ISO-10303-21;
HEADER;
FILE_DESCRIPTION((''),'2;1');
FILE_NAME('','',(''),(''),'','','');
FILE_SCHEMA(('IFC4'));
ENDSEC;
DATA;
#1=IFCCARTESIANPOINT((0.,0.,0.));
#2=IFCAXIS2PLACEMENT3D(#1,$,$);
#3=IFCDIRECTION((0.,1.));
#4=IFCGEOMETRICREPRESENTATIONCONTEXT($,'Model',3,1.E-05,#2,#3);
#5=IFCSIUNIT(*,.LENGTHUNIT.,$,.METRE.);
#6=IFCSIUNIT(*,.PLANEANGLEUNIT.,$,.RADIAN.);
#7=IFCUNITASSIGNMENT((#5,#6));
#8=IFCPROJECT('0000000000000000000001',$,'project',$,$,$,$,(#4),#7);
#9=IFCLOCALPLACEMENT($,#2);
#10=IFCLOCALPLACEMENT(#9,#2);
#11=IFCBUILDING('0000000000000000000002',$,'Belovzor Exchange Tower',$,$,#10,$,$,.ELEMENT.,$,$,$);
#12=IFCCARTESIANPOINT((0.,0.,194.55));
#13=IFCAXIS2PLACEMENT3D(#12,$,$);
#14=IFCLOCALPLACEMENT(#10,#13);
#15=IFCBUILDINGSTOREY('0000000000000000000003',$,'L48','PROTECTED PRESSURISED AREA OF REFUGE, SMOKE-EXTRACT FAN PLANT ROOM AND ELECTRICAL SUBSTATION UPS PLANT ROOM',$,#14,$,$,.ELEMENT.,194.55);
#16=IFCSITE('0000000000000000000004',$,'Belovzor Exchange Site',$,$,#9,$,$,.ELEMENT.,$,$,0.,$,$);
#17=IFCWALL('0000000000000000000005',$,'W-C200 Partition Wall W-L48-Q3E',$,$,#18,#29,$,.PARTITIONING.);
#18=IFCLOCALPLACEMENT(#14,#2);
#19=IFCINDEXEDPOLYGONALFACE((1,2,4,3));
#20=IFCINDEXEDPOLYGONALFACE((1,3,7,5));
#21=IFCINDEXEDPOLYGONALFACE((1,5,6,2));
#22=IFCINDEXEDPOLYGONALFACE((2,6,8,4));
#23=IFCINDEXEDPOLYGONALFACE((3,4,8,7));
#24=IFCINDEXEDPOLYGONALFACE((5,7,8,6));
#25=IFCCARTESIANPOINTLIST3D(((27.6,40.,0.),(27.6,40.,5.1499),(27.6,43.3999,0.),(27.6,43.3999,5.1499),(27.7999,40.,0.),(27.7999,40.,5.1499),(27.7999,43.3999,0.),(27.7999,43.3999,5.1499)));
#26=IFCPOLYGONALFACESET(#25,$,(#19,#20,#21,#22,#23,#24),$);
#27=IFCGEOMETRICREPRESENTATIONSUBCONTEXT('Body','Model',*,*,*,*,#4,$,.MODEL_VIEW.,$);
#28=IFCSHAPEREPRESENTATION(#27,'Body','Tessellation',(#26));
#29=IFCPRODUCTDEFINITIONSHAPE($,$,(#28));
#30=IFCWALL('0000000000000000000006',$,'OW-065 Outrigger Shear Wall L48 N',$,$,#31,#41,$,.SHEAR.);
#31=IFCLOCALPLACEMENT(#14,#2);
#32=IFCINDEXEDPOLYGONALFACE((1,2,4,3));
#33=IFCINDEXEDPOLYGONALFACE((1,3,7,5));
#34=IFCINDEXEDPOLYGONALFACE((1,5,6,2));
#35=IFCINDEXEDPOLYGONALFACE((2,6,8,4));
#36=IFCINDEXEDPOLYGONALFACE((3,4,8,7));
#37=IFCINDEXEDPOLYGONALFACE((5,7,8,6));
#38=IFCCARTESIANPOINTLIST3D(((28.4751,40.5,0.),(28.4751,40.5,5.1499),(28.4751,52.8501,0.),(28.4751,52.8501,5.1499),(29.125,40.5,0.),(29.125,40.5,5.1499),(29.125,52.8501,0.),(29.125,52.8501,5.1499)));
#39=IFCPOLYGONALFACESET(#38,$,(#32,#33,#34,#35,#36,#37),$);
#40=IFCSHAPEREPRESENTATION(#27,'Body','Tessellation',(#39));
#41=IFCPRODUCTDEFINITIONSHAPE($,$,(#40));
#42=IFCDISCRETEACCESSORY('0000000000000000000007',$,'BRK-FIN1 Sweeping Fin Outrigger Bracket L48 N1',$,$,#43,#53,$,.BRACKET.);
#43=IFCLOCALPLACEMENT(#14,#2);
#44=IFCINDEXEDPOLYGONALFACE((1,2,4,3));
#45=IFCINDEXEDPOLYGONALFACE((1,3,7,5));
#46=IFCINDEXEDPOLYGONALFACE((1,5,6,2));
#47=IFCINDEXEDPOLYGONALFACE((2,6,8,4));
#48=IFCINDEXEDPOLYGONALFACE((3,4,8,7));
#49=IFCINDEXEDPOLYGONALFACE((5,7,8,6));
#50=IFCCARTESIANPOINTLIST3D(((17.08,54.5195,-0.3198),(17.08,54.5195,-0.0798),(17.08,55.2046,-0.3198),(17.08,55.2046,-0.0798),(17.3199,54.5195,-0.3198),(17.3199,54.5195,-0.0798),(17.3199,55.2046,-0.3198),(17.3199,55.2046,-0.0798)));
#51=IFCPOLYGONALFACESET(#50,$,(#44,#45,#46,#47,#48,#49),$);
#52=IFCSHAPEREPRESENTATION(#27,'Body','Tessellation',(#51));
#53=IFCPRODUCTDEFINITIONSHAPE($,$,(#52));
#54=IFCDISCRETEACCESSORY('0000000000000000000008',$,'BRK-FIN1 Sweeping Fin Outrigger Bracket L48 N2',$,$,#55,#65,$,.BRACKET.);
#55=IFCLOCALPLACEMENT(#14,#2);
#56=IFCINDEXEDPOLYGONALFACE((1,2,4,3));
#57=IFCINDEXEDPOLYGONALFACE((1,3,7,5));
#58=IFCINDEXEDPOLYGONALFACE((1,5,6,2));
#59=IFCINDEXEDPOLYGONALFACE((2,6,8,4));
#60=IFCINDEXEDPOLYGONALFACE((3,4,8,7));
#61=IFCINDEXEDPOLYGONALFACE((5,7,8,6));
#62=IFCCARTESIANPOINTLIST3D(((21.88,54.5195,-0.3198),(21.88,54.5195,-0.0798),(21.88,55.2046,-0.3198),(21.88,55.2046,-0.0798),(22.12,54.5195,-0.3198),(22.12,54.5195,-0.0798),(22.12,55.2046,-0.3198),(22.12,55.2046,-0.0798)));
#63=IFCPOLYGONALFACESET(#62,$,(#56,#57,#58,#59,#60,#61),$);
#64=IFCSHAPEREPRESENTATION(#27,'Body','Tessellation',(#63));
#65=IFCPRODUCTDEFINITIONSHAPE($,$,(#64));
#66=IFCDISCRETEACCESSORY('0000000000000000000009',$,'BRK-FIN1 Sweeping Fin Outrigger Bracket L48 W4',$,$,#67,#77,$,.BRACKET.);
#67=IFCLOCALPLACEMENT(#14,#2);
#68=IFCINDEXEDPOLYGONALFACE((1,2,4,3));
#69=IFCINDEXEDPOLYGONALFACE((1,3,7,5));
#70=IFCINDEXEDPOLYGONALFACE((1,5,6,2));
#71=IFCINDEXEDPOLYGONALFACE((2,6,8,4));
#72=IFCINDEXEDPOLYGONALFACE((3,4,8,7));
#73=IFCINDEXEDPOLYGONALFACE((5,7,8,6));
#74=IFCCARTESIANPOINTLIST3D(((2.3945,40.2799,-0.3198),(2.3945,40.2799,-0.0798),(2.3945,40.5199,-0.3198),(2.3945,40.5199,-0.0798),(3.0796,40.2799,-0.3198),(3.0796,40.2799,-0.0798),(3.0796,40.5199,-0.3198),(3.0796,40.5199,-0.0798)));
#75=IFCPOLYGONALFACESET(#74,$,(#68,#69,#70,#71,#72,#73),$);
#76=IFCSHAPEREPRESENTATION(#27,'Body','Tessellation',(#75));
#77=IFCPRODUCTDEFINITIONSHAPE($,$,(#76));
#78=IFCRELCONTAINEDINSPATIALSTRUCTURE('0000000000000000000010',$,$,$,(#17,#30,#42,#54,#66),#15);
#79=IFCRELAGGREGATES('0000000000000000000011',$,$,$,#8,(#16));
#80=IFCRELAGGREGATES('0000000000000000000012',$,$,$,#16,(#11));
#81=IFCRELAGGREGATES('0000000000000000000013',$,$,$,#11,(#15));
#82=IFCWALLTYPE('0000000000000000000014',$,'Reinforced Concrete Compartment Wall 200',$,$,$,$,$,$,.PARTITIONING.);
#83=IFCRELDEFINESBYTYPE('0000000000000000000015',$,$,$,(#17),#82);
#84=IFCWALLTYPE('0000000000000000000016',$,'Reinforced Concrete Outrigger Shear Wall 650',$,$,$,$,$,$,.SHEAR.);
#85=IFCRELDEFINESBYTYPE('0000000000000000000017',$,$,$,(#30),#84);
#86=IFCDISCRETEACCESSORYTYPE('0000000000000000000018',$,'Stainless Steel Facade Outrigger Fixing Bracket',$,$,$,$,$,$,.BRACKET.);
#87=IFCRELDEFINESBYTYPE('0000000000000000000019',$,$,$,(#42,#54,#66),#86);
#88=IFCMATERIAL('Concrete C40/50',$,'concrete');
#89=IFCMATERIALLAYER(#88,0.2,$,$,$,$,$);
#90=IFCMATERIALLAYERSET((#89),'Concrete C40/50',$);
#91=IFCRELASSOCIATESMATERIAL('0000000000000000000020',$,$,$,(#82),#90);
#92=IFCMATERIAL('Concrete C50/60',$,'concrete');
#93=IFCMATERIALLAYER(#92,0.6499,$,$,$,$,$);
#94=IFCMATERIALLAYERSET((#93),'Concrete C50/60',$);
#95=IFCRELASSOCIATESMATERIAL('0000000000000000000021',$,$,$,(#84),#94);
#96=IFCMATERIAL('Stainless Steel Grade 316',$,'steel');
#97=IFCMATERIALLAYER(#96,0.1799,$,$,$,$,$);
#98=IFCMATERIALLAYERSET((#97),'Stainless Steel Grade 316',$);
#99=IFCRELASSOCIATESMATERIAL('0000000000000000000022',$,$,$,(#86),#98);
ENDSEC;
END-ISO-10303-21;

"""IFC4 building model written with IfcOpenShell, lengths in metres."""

from ifc_helpers import new_model, si_unit, direction, frame, frame_2d, origin, origin_2d, place, context, subcontext, project, spatial, rectangle, extrude, material, layer, layer_set, type_object, element, save


model = new_model("IFC4")

# Units and contexts
model_context = context("Model", 3, precision=1e-05, world=origin(), true_north=direction((0.0, 1.0)))
body_context = subcontext(model_context, "Body", "Model", "MODEL_VIEW")
ifc_project = project(units=[si_unit("LENGTHUNIT", "METRE"), si_unit("PLANEANGLEUNIT", "RADIAN")], contexts=[model_context])

# Site, building, storey
site_placement = place(None, origin())
site = spatial("IfcSite", under=ifc_project, at=site_placement, Name="Belovzor Exchange Site", CompositionType="ELEMENT", RefElevation=0.0)
building_placement = place(site_placement, origin())
building = spatial("IfcBuilding", under=site, at=building_placement, Name="Belovzor Exchange Tower", CompositionType="ELEMENT")
storey_placement = place(building_placement, frame((0.0, 0.0, 194.55)))
storey = spatial("IfcBuildingStorey", under=building, at=storey_placement, Name="L48", Description="PROTECTED PRESSURISED AREA OF REFUGE, SMOKE-EXTRACT FAN PLANT ROOM AND ELECTRICAL SUBSTATION UPS PLANT ROOM", CompositionType="ELEMENT", Elevation=194.55)

# Shared definitions
ifc_material_1 = material(Name="Concrete C40/50", Category="concrete")
ifc_layer_1 = layer(ifc_material_1, 0.2)
ifc_layer_set_1 = layer_set([ifc_layer_1], Name="Concrete C40/50")
wall_type_1 = type_object("IfcWallType", Name="Reinforced Concrete Compartment Wall 200", PredefinedType="PARTITIONING", material=ifc_layer_set_1)

# Walls
wall_1_placement = place(storey_placement, frame((27.7, 40.0, 0.0), z_axis=(0.0, 0.0, 1.0), x_axis=(0.0, 1.0, 0.0)))
element("IfcWall", 1, at=wall_1_placement, inside=storey, type_object=wall_type_1, Name="W-C200 Partition Wall W-L48-Q3E", PredefinedType="PARTITIONING", context=body_context, shape_type="SweptSolid", body=[
    extrude(rectangle(XDim=3.3999, YDim=0.2, at=frame_2d((1.7, 0.0))), origin(), (0.0, 0.0, 1.0), 5.1499),
])
ifc_material_2 = material(Name="Concrete C50/60", Category="concrete")
ifc_layer_2 = layer(ifc_material_2, 0.6499)
ifc_layer_set_2 = layer_set([ifc_layer_2], Name="Concrete C50/60")
wall_type_2 = type_object("IfcWallType", Name="Reinforced Concrete Outrigger Shear Wall 650", PredefinedType="SHEAR", material=ifc_layer_set_2)
wall_2_placement = place(storey_placement, frame((28.8, 40.5, 0.0), z_axis=(0.0, 0.0, 1.0), x_axis=(0.0, 1.0, 0.0)))
element("IfcWall", 2, at=wall_2_placement, inside=storey, type_object=wall_type_2, Name="OW-065 Outrigger Shear Wall L48 N", PredefinedType="SHEAR", context=body_context, shape_type="SweptSolid", body=[
    extrude(rectangle(XDim=12.3501, YDim=0.6499, at=frame_2d((6.175, 0.0))), origin(), (0.0, 0.0, 1.0), 5.1499),
])

# Discrete accessories
ifc_material_3 = material(Name="Stainless Steel Grade 316", Category="steel")
ifc_layer_3 = layer(ifc_material_3, 0.1799)
ifc_layer_set_3 = layer_set([ifc_layer_3], Name="Stainless Steel Grade 316")
discrete_accessory_type = type_object("IfcDiscreteAccessoryType", Name="Stainless Steel Facade Outrigger Fixing Bracket", PredefinedType="BRACKET", material=ifc_layer_set_3)
for number, where, z_axis, x_axis, name in (
    (3, (17.2, 54.8621, -0.3198), (0.0, 0.0, 1.0), (0.0, 1.0, 0.0), "BRK-FIN1 Sweeping Fin Outrigger Bracket L48 N1"),
    (4, (22.0, 54.8621, -0.3198), (0.0, 0.0, 1.0), (0.0, 1.0, 0.0), "BRK-FIN1 Sweeping Fin Outrigger Bracket L48 N2"),
    (5, (2.7371, 40.3999, -0.3198), (0.0, 0.0, 1.0), (1.0, 0.0, 0.0), "BRK-FIN1 Sweeping Fin Outrigger Bracket L48 W4"),
):
    element("IfcDiscreteAccessory", number, at=place(storey_placement, frame(where, z_axis=z_axis, x_axis=x_axis)), inside=storey, type_object=discrete_accessory_type, Name=name, PredefinedType="BRACKET", context=body_context, shape_type="SweptSolid", body=[
        extrude(rectangle(XDim=0.6851, YDim=0.24, at=origin_2d()), origin(), (0.0, 0.0, 1.0), 0.24),
    ])

save(model, "model.ifc")
